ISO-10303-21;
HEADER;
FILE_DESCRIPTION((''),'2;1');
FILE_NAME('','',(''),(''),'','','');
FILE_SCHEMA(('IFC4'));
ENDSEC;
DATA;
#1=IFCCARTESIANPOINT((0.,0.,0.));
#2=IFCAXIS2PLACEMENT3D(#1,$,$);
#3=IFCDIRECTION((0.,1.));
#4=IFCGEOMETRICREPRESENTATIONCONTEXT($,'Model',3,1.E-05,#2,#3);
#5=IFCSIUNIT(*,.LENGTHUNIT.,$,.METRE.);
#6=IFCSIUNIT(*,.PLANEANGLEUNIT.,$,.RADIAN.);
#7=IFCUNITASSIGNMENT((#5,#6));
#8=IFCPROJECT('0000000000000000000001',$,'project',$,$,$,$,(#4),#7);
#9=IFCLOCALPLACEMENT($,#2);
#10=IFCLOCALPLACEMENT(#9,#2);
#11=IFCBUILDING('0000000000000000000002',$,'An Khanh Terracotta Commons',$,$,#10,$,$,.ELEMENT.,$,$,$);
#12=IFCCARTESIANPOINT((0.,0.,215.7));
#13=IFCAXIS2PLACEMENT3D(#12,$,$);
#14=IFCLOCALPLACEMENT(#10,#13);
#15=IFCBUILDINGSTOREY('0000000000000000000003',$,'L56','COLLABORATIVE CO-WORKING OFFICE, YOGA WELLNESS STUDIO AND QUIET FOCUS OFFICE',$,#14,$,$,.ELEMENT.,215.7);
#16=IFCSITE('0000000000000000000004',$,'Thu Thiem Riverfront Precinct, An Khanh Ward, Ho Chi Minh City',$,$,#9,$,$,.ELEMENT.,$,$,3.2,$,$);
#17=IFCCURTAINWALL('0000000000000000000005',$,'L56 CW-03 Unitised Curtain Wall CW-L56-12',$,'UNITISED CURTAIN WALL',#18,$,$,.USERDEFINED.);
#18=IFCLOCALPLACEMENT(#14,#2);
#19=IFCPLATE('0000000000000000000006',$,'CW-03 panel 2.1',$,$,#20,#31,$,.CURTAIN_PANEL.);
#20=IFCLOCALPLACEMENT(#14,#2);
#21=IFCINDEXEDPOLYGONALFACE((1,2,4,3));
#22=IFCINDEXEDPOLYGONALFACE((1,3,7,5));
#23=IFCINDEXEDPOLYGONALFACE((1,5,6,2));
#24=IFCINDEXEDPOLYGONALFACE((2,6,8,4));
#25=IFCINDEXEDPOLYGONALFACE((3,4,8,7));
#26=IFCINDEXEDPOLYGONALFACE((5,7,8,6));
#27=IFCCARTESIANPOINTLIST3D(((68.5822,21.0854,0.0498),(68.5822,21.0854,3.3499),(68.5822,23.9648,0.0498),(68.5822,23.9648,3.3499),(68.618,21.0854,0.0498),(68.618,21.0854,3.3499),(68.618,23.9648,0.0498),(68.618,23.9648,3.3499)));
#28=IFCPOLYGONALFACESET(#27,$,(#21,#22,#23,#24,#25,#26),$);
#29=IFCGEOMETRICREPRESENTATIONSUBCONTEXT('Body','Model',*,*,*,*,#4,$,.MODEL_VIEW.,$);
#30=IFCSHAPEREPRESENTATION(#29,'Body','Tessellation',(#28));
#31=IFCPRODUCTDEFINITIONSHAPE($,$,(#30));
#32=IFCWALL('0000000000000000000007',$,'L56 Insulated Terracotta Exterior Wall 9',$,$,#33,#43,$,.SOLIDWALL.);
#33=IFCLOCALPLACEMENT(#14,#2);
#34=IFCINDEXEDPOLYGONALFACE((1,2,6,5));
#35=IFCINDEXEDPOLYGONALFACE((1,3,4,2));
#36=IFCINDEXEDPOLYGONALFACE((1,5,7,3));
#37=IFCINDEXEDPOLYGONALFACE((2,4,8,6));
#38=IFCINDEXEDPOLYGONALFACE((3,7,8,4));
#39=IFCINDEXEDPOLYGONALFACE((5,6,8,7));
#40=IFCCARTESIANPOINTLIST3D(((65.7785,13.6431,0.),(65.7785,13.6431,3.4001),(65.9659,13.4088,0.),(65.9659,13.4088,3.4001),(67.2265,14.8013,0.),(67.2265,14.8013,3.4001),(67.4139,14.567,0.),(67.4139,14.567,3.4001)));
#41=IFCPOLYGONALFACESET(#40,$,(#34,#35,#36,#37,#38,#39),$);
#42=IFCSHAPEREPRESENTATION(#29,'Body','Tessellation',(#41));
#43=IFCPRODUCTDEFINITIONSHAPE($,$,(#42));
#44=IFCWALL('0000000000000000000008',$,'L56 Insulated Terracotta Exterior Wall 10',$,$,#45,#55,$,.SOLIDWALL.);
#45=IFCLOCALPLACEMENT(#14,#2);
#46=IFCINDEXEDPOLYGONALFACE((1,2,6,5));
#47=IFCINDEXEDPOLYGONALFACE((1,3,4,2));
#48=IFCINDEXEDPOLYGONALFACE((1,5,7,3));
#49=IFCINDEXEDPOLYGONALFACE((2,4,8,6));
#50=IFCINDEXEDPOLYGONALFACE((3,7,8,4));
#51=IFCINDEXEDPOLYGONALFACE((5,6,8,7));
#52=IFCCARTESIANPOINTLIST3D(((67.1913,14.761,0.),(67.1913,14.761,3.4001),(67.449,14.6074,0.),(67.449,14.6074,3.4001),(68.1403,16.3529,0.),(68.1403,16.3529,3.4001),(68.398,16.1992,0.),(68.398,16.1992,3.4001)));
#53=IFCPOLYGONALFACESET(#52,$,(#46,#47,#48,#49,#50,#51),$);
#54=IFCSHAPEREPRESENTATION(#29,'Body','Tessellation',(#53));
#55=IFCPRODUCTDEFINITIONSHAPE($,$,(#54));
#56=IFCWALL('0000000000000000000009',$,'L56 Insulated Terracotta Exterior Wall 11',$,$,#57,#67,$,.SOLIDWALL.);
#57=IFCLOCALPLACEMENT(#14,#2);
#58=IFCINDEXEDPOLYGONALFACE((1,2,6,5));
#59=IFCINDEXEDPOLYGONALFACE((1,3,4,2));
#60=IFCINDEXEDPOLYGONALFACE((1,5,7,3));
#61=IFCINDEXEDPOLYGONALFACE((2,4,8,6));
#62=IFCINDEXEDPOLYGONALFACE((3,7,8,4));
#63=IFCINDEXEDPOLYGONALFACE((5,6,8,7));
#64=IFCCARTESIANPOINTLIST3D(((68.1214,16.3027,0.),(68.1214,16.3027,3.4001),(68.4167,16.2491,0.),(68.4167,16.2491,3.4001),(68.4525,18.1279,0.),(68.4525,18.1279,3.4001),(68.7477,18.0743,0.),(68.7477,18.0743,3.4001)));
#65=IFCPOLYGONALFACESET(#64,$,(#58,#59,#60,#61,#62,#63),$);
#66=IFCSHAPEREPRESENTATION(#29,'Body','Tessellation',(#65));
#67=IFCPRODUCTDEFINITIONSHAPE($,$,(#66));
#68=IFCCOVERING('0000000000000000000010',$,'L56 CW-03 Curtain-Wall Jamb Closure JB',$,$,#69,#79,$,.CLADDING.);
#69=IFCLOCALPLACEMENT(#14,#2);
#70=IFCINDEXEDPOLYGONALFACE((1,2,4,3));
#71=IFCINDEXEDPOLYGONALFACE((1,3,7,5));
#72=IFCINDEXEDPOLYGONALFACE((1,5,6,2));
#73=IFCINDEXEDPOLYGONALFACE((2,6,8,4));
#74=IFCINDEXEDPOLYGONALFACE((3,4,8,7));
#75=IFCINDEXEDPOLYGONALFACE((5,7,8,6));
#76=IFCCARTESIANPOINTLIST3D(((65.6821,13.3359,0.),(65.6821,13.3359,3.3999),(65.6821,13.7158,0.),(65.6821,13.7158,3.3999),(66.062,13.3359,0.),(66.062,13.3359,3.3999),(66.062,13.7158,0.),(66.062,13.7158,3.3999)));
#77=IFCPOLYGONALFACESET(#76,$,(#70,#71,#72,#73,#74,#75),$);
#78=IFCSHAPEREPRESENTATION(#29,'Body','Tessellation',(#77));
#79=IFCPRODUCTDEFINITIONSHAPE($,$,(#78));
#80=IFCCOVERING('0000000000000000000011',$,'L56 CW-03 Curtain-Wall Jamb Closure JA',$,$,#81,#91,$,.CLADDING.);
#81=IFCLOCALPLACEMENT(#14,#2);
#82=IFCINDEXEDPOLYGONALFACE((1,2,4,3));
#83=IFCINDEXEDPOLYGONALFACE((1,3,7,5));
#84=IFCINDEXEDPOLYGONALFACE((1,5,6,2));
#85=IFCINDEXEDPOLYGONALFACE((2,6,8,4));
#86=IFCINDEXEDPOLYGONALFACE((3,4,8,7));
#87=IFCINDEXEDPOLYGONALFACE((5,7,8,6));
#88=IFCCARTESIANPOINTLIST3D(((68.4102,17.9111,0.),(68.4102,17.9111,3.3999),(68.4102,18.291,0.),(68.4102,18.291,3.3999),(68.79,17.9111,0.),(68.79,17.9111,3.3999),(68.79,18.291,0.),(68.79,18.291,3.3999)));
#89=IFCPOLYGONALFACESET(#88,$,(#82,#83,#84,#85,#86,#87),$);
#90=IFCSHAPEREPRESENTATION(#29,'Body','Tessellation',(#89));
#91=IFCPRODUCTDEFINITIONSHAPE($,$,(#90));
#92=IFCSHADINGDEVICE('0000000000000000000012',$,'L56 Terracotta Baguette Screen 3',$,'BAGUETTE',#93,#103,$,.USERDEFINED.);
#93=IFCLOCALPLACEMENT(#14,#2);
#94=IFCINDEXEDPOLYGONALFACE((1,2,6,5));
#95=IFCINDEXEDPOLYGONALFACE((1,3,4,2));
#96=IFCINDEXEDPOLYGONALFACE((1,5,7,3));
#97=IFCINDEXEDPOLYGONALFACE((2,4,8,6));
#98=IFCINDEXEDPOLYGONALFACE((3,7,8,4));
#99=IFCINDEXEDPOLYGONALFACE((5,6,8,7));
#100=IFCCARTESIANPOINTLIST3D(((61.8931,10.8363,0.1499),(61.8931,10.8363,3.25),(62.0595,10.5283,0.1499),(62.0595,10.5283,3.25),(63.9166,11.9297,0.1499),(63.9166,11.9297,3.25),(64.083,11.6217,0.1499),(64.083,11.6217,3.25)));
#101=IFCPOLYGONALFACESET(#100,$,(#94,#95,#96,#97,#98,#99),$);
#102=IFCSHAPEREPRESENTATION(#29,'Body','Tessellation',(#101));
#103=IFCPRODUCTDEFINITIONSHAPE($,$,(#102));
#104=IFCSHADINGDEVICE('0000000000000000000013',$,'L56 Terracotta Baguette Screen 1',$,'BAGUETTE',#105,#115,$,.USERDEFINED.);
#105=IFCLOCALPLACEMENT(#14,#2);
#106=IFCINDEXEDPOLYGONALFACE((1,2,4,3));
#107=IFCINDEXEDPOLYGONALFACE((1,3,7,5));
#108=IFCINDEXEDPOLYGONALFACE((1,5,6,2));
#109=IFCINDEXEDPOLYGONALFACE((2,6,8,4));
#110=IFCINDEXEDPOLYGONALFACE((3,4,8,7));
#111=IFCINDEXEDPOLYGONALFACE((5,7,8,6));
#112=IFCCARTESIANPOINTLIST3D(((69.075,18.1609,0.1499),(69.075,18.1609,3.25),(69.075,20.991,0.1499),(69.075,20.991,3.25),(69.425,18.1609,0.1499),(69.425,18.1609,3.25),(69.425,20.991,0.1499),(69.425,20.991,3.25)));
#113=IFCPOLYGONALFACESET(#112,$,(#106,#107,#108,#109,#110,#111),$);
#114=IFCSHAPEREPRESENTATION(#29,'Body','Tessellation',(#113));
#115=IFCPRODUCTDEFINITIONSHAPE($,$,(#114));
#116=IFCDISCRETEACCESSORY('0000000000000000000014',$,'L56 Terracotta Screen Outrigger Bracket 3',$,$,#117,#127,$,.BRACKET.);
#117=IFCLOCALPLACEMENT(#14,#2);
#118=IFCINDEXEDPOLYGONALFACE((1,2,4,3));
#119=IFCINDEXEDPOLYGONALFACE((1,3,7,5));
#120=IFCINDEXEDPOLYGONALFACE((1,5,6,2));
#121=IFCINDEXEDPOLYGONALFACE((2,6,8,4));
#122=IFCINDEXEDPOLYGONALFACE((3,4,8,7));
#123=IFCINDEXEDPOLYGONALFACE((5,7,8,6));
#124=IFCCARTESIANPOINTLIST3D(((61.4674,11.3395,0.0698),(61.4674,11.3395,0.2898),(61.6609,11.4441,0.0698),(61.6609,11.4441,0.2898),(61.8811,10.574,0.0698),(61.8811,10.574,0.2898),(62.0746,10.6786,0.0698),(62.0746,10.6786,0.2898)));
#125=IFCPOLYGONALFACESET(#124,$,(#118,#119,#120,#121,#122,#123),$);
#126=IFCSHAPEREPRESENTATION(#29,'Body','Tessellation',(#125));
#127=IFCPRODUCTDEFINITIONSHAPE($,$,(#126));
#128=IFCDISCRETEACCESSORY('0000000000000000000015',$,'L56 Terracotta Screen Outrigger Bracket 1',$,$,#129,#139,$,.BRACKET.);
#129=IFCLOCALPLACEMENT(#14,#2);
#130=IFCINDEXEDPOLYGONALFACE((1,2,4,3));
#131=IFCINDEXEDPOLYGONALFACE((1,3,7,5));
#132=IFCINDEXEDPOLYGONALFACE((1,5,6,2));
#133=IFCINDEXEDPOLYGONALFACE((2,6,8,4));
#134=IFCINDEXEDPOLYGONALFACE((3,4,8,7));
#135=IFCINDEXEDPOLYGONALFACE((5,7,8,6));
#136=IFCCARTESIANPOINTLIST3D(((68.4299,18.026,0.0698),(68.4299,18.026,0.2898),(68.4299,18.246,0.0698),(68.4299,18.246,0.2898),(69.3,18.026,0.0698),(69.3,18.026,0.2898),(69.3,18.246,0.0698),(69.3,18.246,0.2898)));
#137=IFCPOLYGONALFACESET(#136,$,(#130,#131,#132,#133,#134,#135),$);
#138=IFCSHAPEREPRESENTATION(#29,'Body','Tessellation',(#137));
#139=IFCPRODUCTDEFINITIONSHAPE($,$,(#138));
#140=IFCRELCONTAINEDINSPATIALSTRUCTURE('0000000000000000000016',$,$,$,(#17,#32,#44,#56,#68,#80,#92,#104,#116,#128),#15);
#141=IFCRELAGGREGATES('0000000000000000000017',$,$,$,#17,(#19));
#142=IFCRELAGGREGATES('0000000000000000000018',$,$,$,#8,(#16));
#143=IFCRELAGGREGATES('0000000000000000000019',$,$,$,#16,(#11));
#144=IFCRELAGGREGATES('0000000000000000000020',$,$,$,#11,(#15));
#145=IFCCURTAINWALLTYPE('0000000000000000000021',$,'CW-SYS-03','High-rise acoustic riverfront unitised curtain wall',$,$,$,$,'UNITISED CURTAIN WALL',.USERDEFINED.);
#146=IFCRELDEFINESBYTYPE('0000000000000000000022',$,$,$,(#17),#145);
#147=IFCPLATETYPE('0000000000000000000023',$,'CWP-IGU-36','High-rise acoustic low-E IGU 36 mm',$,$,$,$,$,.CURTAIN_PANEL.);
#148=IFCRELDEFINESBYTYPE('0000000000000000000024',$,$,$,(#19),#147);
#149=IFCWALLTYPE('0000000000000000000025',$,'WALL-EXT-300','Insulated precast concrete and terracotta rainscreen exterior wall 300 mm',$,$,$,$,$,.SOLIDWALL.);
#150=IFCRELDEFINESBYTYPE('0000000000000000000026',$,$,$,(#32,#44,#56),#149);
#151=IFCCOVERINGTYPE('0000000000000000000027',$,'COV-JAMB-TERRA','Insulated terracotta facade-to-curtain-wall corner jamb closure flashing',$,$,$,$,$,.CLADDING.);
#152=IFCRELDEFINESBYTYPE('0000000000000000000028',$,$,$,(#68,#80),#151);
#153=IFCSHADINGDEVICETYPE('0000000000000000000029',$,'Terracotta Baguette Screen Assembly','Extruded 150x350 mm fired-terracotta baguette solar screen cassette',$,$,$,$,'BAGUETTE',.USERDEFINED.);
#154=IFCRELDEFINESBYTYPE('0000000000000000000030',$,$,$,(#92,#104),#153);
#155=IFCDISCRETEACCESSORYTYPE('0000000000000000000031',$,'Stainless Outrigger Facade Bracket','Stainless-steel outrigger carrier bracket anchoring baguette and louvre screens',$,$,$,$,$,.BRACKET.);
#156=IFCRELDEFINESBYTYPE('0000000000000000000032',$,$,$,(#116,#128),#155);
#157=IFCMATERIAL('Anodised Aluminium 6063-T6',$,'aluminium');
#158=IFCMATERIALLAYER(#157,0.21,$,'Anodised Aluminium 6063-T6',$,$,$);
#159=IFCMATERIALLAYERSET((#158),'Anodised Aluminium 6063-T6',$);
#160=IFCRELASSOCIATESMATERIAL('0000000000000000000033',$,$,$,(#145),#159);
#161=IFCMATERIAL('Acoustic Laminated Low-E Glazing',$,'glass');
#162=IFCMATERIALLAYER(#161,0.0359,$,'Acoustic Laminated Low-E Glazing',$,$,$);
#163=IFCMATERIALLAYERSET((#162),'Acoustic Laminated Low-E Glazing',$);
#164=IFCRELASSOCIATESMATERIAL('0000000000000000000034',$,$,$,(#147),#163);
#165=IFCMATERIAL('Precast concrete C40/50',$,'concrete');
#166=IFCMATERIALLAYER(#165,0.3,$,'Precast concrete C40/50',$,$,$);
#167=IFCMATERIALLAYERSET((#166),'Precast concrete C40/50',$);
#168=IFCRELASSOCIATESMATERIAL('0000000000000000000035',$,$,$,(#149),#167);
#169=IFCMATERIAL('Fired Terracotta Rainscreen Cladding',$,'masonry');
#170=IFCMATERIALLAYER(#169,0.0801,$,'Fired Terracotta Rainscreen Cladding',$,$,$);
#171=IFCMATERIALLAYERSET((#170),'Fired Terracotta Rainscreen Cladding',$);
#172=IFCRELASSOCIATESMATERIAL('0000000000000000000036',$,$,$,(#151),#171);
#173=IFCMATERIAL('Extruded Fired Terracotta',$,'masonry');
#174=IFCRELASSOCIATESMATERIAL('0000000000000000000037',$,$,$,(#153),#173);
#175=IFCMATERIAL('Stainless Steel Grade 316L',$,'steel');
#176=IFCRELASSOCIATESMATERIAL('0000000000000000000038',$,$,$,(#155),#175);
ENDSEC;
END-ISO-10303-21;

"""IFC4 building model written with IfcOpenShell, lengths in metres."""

from ifc_helpers import new_model, si_unit, direction, frame, frame_2d, origin, origin_2d, place, context, subcontext, project, spatial, rectangle, extrude, material, layer, layer_set, type_object, element, aggregate, save


model = new_model("IFC4")

# Units and contexts
model_context = context("Model", 3, precision=1e-05, world=origin(), true_north=direction((0.0, 1.0)))
body_context = subcontext(model_context, "Body", "Model", "MODEL_VIEW")
ifc_project = project(units=[si_unit("LENGTHUNIT", "METRE"), si_unit("PLANEANGLEUNIT", "RADIAN")], contexts=[model_context])

# Site, building, storey
site_placement = place(None, origin())
site = spatial("IfcSite", under=ifc_project, at=site_placement, Name="Thu Thiem Riverfront Precinct, An Khanh Ward, Ho Chi Minh City", CompositionType="ELEMENT", RefElevation=3.2)
building_placement = place(site_placement, origin())
building = spatial("IfcBuilding", under=site, at=building_placement, Name="An Khanh Terracotta Commons", CompositionType="ELEMENT")
storey_placement = place(building_placement, frame((0.0, 0.0, 215.7)))
storey = spatial("IfcBuildingStorey", under=building, at=storey_placement, Name="L56", Description="COLLABORATIVE CO-WORKING OFFICE, YOGA WELLNESS STUDIO AND QUIET FOCUS OFFICE", CompositionType="ELEMENT", Elevation=215.7)

# Curtain wall
ifc_material_1 = material(Name="Anodised Aluminium 6063-T6", Category="aluminium")
ifc_layer_1 = layer(ifc_material_1, 0.21, Name="Anodised Aluminium 6063-T6")
ifc_layer_set_1 = layer_set([ifc_layer_1], Name="Anodised Aluminium 6063-T6")
curtain_wall_type = type_object("IfcCurtainWallType", Name="CW-SYS-03", Description="High-rise acoustic riverfront unitised curtain wall", ElementType="UNITISED CURTAIN WALL", PredefinedType="USERDEFINED", material=ifc_layer_set_1)
curtain_wall_1_placement = place(storey_placement, origin())
curtain_wall_1 = element("IfcCurtainWall", 1, at=curtain_wall_1_placement, inside=storey, type_object=curtain_wall_type, Name="L56 CW-03 Unitised Curtain Wall CW-L56-12", ObjectType="UNITISED CURTAIN WALL", PredefinedType="USERDEFINED")

# Plate
ifc_material_2 = material(Name="Acoustic Laminated Low-E Glazing", Category="glass")
ifc_layer_2 = layer(ifc_material_2, 0.0359, Name="Acoustic Laminated Low-E Glazing")
ifc_layer_set_2 = layer_set([ifc_layer_2], Name="Acoustic Laminated Low-E Glazing")
plate_type = type_object("IfcPlateType", Name="CWP-IGU-36", Description="High-rise acoustic low-E IGU 36 mm", PredefinedType="CURTAIN_PANEL", material=ifc_layer_set_2)
plate_1_placement = place(storey_placement, frame((68.6001, 22.5251, 0.0498), z_axis=(0.0, 0.0, 1.0), x_axis=(0.0, 1.0, 0.0)))
plate_1 = element("IfcPlate", 2, at=plate_1_placement, type_object=plate_type, Name="CW-03 panel 2.1", PredefinedType="CURTAIN_PANEL", context=body_context, shape_type="SweptSolid", body=[
    extrude(rectangle(XDim=2.8794, YDim=0.0359, at=origin_2d()), origin(), (0.0, 0.0, 1.0), 3.3),
])
aggregate(curtain_wall_1, [plate_1])

# Walls
ifc_material_3 = material(Name="Precast concrete C40/50", Category="concrete")
ifc_layer_3 = layer(ifc_material_3, 0.3, Name="Precast concrete C40/50")
ifc_layer_set_3 = layer_set([ifc_layer_3], Name="Precast concrete C40/50")
wall_type = type_object("IfcWallType", Name="WALL-EXT-300", Description="Insulated precast concrete and terracotta rainscreen exterior wall 300 mm", PredefinedType="SOLIDWALL", material=ifc_layer_set_3)
wall_1_placement = place(storey_placement, frame((65.8721, 13.5259, 0.0), z_axis=(0.0, 0.0, 1.0), x_axis=(0.78092, 0.624631, 0.0)))
element("IfcWall", 3, at=wall_1_placement, inside=storey, type_object=wall_type, Name="L56 Insulated Terracotta Exterior Wall 9", PredefinedType="SOLIDWALL", context=body_context, shape_type="SweptSolid", body=[
    extrude(rectangle(XDim=1.8542, YDim=0.3, at=frame_2d((0.9272, 0.0))), origin(), (0.0, 0.0, 1.0), 3.4001),
])
wall_2_placement = place(storey_placement, frame((67.3201, 14.6841, 0.0), z_axis=(0.0, 0.0, 1.0), x_axis=(0.512072, 0.858943, 0.0)))
element("IfcWall", 4, at=wall_2_placement, inside=storey, type_object=wall_type, Name="L56 Insulated Terracotta Exterior Wall 10", PredefinedType="SOLIDWALL", context=body_context, shape_type="SweptSolid", body=[
    extrude(rectangle(XDim=1.8533, YDim=0.3, at=frame_2d((0.9268, 0.0))), origin(), (0.0, 0.0, 1.0), 3.4001),
])
wall_3_placement = place(storey_placement, frame((68.269, 16.2759, 0.0), z_axis=(0.0, 0.0, 1.0), x_axis=(0.178468, 0.983946, 0.0)))
element("IfcWall", 5, at=wall_3_placement, inside=storey, type_object=wall_type, Name="L56 Insulated Terracotta Exterior Wall 11", PredefinedType="SOLIDWALL", context=body_context, shape_type="SweptSolid", body=[
    extrude(rectangle(XDim=1.855, YDim=0.3, at=frame_2d((0.9275, 0.0))), origin(), (0.0, 0.0, 1.0), 3.4001),
])

# Coverings
ifc_material_4 = material(Name="Fired Terracotta Rainscreen Cladding", Category="masonry")
ifc_layer_4 = layer(ifc_material_4, 0.0801, Name="Fired Terracotta Rainscreen Cladding")
ifc_layer_set_4 = layer_set([ifc_layer_4], Name="Fired Terracotta Rainscreen Cladding")
covering_type = type_object("IfcCoveringType", Name="COV-JAMB-TERRA", Description="Insulated terracotta facade-to-curtain-wall corner jamb closure flashing", PredefinedType="CLADDING", material=ifc_layer_set_4)
for number, where, z_axis, x_axis, name in (
    (6, (65.8721, 13.5259, 0.0), (0.0, 0.0, 1.0), (1.0, 0.0, 0.0), "L56 CW-03 Curtain-Wall Jamb Closure JB"),
    (7, (68.6001, 18.1011, 0.0), (0.0, 0.0, 1.0), (1.0, 0.0, 0.0), "L56 CW-03 Curtain-Wall Jamb Closure JA"),
):
    element("IfcCovering", number, at=place(storey_placement, frame(where, z_axis=z_axis, x_axis=x_axis)), inside=storey, type_object=covering_type, Name=name, PredefinedType="CLADDING", context=body_context, shape_type="SweptSolid", body=[
        extrude(rectangle(XDim=0.3799, YDim=0.3799, at=origin_2d()), origin(), (0.0, 0.0, 1.0), 3.3999),
    ])

# Shading devices
ifc_material_5 = material(Name="Extruded Fired Terracotta", Category="masonry")
shading_device_type = type_object("IfcShadingDeviceType", Name="Terracotta Baguette Screen Assembly", Description="Extruded 150x350 mm fired-terracotta baguette solar screen cassette", ElementType="BAGUETTE", PredefinedType="USERDEFINED", material=ifc_material_5)
shading_device_1_placement = place(storey_placement, frame((62.988, 11.229, 0.1499), z_axis=(0.0, 0.0, 1.0), x_axis=(0.87978, 0.475381, 0.0)))
element("IfcShadingDevice", 8, at=shading_device_1_placement, inside=storey, type_object=shading_device_type, Name="L56 Terracotta Baguette Screen 3", ObjectType="BAGUETTE", PredefinedType="USERDEFINED", context=body_context, shape_type="SweptSolid", body=[
    extrude(rectangle(XDim=2.3, YDim=0.3501, at=origin_2d()), origin(), (0.0, 0.0, 1.0), 3.1001),
])
shading_device_2_placement = place(storey_placement, frame((69.25, 19.5759, 0.1499), z_axis=(0.0, 0.0, 1.0), x_axis=(0.0, 1.0, 0.0)))
element("IfcShadingDevice", 9, at=shading_device_2_placement, inside=storey, type_object=shading_device_type, Name="L56 Terracotta Baguette Screen 1", ObjectType="BAGUETTE", PredefinedType="USERDEFINED", context=body_context, shape_type="SweptSolid", body=[
    extrude(rectangle(XDim=2.8301, YDim=0.3501, at=origin_2d()), origin(), (0.0, 0.0, 1.0), 3.1001),
])

# Discrete accessories
ifc_material_6 = material(Name="Stainless Steel Grade 316L", Category="steel")
discrete_accessory_type = type_object("IfcDiscreteAccessoryType", Name="Stainless Outrigger Facade Bracket", Description="Stainless-steel outrigger carrier bracket anchoring baguette and louvre screens", PredefinedType="BRACKET", material=ifc_material_6)
for number, where, z_axis, x_axis, name in (
    (10, (61.771, 11.009, 0.0698), (0.0, 0.0, 1.0), (0.87978, 0.475381, 0.0), "L56 Terracotta Screen Outrigger Bracket 3"),
    (11, (68.865, 18.136, 0.0698), (0.0, 0.0, 1.0), (0.0, 1.0, 0.0), "L56 Terracotta Screen Outrigger Bracket 1"),
):
    element("IfcDiscreteAccessory", number, at=place(storey_placement, frame(where, z_axis=z_axis, x_axis=x_axis)), inside=storey, type_object=discrete_accessory_type, Name=name, PredefinedType="BRACKET", context=body_context, shape_type="SweptSolid", body=[
        extrude(rectangle(XDim=0.22, YDim=0.8701, at=origin_2d()), origin(), (0.0, 0.0, 1.0), 0.22),
    ])

save(model, "model.ifc")
